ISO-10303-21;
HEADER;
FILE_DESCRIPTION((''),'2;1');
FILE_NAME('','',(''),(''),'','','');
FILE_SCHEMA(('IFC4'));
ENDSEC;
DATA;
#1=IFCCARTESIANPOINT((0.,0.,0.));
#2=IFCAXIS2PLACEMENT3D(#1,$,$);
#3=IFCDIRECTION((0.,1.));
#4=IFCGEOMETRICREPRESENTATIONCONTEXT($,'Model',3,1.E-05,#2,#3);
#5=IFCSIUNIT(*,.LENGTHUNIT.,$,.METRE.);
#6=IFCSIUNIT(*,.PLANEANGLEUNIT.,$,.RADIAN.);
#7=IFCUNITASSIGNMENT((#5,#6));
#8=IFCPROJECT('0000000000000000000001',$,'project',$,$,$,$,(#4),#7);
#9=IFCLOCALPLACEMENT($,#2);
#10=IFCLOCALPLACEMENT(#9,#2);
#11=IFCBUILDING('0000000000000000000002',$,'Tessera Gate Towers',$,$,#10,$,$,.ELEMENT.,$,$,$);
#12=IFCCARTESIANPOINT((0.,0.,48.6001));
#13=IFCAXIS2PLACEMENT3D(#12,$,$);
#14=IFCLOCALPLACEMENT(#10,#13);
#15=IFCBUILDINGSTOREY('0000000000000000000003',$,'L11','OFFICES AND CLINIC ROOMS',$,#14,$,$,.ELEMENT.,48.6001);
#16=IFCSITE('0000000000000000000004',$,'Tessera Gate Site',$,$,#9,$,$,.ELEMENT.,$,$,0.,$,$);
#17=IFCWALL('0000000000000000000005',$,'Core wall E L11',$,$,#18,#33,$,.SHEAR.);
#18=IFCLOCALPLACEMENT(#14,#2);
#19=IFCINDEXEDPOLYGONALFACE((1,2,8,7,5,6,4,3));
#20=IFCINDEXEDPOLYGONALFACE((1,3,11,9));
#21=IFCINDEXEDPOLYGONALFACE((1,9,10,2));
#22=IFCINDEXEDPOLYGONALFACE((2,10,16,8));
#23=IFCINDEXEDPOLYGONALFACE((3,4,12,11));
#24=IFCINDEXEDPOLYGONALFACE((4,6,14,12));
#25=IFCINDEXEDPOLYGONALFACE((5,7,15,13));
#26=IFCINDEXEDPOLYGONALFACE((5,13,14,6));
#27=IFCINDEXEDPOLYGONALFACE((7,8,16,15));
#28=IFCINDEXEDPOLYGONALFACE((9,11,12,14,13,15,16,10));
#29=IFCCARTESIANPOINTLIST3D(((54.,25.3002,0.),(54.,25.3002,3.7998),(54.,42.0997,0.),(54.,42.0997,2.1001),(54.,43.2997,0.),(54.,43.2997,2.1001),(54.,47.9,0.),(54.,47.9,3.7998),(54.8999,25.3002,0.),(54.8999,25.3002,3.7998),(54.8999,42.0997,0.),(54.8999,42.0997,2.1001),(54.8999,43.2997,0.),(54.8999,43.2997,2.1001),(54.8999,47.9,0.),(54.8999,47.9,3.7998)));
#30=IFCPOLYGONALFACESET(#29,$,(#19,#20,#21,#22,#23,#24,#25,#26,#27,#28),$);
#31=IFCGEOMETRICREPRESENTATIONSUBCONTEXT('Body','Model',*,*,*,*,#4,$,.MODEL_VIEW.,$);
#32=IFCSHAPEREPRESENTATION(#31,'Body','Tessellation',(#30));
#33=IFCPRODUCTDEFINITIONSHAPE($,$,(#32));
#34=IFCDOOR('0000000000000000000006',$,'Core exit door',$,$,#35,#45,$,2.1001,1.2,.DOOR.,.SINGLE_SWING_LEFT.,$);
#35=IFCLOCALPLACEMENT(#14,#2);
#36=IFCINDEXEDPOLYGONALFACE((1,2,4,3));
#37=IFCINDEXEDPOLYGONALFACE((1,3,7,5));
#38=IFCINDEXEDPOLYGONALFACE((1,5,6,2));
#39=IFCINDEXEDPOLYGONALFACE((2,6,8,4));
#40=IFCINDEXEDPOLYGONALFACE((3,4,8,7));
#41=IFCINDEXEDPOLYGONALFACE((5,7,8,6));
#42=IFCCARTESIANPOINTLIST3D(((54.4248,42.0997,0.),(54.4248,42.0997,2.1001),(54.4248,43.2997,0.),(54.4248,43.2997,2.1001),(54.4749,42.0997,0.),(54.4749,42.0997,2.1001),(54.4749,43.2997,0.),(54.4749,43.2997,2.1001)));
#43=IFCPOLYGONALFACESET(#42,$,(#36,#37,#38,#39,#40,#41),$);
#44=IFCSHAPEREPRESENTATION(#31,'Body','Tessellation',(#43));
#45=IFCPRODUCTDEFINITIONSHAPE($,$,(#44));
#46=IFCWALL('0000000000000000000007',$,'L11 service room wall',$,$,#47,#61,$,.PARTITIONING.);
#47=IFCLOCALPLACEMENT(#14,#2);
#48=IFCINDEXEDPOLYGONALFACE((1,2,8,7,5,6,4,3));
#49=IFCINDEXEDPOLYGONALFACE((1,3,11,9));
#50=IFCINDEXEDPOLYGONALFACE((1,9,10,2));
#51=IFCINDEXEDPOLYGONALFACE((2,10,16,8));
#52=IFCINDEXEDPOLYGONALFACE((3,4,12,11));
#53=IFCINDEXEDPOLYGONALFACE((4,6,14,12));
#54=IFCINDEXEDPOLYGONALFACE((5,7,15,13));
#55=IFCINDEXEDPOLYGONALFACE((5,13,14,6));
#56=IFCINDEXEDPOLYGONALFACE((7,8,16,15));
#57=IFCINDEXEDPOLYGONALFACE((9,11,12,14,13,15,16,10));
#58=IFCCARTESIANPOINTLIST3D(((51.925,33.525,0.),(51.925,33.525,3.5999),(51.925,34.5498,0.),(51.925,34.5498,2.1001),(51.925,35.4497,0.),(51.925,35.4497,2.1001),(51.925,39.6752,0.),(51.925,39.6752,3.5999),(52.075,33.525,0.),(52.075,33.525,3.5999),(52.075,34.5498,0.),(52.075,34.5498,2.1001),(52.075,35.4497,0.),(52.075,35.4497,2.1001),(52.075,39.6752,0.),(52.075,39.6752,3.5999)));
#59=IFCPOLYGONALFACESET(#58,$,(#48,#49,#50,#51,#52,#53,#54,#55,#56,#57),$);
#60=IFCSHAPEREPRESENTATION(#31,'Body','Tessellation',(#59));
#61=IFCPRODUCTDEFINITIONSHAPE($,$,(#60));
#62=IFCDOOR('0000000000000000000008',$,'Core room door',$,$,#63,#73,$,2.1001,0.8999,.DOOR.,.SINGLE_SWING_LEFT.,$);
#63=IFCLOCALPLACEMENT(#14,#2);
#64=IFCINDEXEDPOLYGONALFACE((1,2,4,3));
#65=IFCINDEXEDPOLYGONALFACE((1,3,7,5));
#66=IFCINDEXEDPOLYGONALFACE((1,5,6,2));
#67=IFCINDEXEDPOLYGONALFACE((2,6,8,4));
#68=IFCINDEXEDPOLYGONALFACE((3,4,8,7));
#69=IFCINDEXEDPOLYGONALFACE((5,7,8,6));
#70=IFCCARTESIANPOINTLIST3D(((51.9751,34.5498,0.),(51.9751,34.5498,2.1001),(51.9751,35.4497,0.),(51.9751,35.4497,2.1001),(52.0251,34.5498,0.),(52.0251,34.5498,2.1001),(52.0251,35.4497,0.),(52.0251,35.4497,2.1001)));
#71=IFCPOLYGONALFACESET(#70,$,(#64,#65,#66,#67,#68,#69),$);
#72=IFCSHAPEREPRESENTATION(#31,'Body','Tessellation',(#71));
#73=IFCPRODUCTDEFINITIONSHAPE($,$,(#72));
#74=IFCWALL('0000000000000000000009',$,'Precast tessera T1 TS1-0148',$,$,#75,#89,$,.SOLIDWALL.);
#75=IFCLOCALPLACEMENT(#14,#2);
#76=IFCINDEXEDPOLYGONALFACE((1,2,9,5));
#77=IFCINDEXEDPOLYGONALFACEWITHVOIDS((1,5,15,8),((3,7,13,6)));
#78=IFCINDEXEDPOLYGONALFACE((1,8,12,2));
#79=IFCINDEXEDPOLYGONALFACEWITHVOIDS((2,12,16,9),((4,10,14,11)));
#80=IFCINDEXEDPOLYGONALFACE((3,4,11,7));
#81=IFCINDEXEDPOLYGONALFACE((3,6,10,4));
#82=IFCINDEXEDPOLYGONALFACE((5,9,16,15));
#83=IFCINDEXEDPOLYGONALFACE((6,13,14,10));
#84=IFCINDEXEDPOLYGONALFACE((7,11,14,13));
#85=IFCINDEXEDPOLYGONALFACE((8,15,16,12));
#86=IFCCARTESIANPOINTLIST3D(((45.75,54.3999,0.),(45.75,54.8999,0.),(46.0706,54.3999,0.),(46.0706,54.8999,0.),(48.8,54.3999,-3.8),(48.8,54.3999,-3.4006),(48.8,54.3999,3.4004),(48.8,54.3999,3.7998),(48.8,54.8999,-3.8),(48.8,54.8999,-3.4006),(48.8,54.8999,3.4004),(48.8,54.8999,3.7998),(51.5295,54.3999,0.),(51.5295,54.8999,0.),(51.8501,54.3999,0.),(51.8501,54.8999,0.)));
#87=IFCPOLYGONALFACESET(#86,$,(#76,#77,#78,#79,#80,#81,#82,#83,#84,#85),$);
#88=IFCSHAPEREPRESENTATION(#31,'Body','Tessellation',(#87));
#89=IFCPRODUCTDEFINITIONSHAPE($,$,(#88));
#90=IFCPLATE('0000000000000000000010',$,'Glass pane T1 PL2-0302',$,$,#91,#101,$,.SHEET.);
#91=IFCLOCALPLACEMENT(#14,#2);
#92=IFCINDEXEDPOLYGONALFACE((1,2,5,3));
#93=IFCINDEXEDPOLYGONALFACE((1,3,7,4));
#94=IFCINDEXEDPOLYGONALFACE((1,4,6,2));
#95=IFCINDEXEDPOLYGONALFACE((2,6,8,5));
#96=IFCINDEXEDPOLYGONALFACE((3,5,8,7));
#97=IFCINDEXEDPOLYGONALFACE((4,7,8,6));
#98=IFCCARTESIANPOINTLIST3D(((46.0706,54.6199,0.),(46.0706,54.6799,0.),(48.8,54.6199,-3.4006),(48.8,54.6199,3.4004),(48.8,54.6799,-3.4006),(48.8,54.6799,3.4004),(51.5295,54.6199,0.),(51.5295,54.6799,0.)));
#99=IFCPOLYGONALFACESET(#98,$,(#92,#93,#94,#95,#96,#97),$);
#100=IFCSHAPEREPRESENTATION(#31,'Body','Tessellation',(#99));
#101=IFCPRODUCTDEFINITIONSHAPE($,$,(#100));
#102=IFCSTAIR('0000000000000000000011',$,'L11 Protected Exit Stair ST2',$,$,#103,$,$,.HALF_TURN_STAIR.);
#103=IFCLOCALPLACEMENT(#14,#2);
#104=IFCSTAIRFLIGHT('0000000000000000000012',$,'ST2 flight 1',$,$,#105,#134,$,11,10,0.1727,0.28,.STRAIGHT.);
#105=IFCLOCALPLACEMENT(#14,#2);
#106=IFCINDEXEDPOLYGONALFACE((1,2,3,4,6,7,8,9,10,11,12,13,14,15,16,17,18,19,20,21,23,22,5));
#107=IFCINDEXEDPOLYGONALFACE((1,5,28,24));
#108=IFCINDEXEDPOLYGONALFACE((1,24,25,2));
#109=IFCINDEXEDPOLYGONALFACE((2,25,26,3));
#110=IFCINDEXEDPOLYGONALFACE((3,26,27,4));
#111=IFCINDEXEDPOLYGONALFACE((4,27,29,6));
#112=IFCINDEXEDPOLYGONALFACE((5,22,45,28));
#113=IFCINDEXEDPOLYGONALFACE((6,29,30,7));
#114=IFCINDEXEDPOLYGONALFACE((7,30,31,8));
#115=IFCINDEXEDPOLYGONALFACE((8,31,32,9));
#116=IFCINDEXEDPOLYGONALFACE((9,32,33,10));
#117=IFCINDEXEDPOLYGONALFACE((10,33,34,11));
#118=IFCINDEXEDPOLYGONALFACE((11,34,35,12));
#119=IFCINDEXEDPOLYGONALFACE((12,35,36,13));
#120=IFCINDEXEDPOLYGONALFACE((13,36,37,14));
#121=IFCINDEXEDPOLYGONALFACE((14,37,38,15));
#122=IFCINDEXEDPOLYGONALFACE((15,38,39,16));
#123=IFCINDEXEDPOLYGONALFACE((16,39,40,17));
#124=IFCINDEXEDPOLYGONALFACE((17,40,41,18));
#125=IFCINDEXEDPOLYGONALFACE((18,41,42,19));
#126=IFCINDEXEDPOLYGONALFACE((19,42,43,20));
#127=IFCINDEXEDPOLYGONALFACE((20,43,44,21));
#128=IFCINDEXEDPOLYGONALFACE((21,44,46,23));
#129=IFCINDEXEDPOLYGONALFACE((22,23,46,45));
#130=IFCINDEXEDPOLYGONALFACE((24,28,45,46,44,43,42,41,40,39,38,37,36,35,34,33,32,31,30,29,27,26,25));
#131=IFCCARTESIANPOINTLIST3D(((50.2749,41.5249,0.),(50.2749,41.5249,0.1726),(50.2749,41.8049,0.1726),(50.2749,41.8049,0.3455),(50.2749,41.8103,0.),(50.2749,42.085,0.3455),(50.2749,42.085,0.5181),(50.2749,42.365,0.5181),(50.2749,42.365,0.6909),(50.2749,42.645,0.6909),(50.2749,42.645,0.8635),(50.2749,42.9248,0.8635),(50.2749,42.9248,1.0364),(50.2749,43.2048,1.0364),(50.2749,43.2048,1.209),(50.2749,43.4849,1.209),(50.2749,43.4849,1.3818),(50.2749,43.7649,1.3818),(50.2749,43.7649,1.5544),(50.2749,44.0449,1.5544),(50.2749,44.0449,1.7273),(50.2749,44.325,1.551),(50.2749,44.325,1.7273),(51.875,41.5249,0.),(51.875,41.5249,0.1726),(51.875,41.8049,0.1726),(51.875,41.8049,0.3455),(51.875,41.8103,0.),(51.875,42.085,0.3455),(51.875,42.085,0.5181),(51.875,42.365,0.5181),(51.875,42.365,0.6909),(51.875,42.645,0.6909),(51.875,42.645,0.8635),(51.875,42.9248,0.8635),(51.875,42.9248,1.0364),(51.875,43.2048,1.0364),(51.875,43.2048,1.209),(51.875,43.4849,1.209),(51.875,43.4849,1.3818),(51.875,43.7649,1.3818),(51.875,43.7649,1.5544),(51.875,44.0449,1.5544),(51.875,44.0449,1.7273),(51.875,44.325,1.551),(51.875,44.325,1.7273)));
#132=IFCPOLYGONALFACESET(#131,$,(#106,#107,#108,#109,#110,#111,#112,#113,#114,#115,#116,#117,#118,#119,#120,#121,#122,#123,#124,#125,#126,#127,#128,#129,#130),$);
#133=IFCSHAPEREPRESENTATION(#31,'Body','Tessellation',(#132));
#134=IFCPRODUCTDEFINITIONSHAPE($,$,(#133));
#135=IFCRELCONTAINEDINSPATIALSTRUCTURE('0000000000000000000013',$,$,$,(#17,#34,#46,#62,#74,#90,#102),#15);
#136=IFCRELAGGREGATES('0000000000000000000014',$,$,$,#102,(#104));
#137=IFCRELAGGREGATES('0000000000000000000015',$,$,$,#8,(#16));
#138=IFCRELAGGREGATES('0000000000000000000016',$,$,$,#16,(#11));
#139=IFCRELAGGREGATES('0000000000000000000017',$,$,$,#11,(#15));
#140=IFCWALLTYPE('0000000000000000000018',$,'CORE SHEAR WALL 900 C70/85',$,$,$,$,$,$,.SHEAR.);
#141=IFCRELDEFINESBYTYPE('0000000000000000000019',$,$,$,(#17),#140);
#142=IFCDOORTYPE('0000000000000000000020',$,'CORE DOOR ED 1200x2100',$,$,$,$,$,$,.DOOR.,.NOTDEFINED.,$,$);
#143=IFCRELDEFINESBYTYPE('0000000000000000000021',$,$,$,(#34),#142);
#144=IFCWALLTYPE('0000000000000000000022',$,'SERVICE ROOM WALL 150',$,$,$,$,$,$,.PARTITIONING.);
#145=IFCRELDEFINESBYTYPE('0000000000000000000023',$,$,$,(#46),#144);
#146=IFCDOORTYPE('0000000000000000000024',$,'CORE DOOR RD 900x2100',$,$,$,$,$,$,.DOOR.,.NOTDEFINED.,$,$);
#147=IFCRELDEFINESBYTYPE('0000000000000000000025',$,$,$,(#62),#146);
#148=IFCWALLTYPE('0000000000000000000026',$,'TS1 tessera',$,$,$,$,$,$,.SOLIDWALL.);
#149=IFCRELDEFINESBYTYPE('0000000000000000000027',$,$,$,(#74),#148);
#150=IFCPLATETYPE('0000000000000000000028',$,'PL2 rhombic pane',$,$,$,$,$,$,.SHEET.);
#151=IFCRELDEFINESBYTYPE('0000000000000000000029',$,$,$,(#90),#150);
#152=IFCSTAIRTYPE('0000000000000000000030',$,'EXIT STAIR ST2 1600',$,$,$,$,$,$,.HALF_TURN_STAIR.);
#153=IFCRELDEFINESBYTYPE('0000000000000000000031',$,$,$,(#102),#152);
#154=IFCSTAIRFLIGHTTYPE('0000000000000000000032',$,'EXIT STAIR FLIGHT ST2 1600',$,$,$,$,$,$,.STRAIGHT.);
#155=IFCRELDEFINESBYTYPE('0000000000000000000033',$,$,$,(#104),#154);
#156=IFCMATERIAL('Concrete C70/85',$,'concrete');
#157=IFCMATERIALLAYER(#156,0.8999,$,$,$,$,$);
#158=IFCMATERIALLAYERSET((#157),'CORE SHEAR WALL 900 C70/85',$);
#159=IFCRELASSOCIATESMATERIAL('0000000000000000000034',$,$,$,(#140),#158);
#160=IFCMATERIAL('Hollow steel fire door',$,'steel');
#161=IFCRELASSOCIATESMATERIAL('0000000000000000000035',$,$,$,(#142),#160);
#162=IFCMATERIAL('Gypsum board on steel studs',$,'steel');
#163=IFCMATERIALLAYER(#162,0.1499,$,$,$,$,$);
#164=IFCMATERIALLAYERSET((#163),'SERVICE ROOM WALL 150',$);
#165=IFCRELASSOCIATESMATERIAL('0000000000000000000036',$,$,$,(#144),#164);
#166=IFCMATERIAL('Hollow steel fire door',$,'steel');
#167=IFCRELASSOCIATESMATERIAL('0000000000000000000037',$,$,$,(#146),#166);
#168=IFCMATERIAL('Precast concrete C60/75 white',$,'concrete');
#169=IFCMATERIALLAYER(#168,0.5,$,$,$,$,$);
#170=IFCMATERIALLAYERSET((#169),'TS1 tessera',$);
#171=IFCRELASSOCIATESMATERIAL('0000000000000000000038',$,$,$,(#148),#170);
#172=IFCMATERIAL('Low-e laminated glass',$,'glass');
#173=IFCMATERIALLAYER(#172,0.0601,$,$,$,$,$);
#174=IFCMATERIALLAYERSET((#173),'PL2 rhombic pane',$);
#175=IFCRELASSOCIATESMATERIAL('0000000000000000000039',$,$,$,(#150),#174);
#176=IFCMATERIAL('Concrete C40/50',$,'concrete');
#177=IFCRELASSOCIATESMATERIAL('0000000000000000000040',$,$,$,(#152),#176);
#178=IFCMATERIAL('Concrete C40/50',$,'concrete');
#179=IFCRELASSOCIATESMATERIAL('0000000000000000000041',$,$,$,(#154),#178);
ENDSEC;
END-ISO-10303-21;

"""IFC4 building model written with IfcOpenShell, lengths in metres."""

from ifc_helpers import new_model, si_unit, direction, frame, frame_2d, origin, place, context, subcontext, project, spatial, polyline, rectangle, outline, extrude, source, transform, mapped, material, layer, layer_set, type_object, element, fill, aggregate, save


model = new_model("IFC4")

# Units and contexts
model_context = context("Model", 3, precision=1e-05, world=origin(), true_north=direction((0.0, 1.0)))
body_context = subcontext(model_context, "Body", "Model", "MODEL_VIEW")
ifc_project = project(units=[si_unit("LENGTHUNIT", "METRE"), si_unit("PLANEANGLEUNIT", "RADIAN")], contexts=[model_context])

# Site, building, storey
site_placement = place(None, origin())
site = spatial("IfcSite", under=ifc_project, at=site_placement, Name="Tessera Gate Site", CompositionType="ELEMENT", RefElevation=0.0)
building_placement = place(site_placement, origin())
building = spatial("IfcBuilding", under=site, at=building_placement, Name="Tessera Gate Towers", CompositionType="ELEMENT")
storey_placement = place(building_placement, frame((0.0, 0.0, 48.6001)))
storey = spatial("IfcBuildingStorey", under=building, at=storey_placement, Name="L11", Description="OFFICES AND CLINIC ROOMS", CompositionType="ELEMENT", Elevation=48.6001)

# Shared definitions
shared_shape_1 = source(origin(), body_context, "Body", "SweptSolid", [
    extrude(rectangle(XDim=1.2, YDim=2.1001, at=frame_2d((0.6001, 1.05))), frame((0.0, 0.0249, 0.0), z_axis=(0.0, -1.0, 0.0), x_axis=(1.0, 0.0, 0.0)), (0.0, 0.0, 1.0), 0.05),
])

# Walls, openings, doors
ifc_material_1 = material(Name="Concrete C70/85", Category="concrete")
ifc_layer_1 = layer(ifc_material_1, 0.8999)
ifc_layer_set_1 = layer_set([ifc_layer_1], Name="CORE SHEAR WALL 900 C70/85")
wall_type_1 = type_object("IfcWallType", Name="CORE SHEAR WALL 900 C70/85", PredefinedType="SHEAR", material=ifc_layer_set_1)
wall_1_placement = place(storey_placement, frame((54.45, 47.8999, 0.0), z_axis=(0.0, 0.0, 1.0), x_axis=(0.0, -1.0, 0.0)))
wall_1 = element("IfcWall", 1, at=wall_1_placement, inside=storey, type_object=wall_type_1, Name="Core wall E L11", PredefinedType="SHEAR", context=body_context, shape_type="SweptSolid", body=[
    extrude(rectangle(XDim=22.5999, YDim=0.8999, at=frame_2d((11.2998, 0.0))), origin(), (0.0, 0.0, 1.0), 3.7998),
])
shared_shape_2 = source(origin(), body_context, "Body", "SweptSolid", [
    extrude(rectangle(XDim=1.2, YDim=2.1001, at=frame_2d((0.6001, 1.05))), frame((0.0, 0.46, 0.0), z_axis=(0.0, -1.0, 0.0), x_axis=(1.0, 0.0, 0.0)), (0.0, 0.0, 1.0), 0.9199),
])
opening_1_placement = place(wall_1_placement, frame((4.6001, 0.0, 0.0)))
opening_1 = element("IfcOpeningElement", 2, at=opening_1_placement, cuts=wall_1, PredefinedType="OPENING", context=body_context, shape_type="MappedRepresentation", body=[
    mapped(shared_shape_2, transform((0.0, 0.0, 0.0), scale=1.0)),
])
ifc_material_2 = material(Name="Hollow steel fire door", Category="steel")
door_type_1 = type_object("IfcDoorType", Name="CORE DOOR ED 1200x2100", OperationType="NOTDEFINED", PredefinedType="DOOR", material=ifc_material_2)
door_1_placement = place(opening_1_placement, origin())
door_1 = element("IfcDoor", 3, at=door_1_placement, inside=storey, type_object=door_type_1, Name="Core exit door", OperationType="SINGLE_SWING_LEFT", OverallHeight=2.1001, OverallWidth=1.2, PredefinedType="DOOR", context=body_context, shape_type="MappedRepresentation", body=[
    mapped(shared_shape_1, transform((0.0, 0.0, 0.0), scale=1.0)),
])
fill(opening_1, door_1)
ifc_material_3 = material(Name="Gypsum board on steel studs", Category="steel")
ifc_layer_2 = layer(ifc_material_3, 0.1499)
ifc_layer_set_2 = layer_set([ifc_layer_2], Name="SERVICE ROOM WALL 150")
wall_type_2 = type_object("IfcWallType", Name="SERVICE ROOM WALL 150", PredefinedType="PARTITIONING", material=ifc_layer_set_2)
wall_2_placement = place(storey_placement, frame((52.0, 33.5249, 0.0), z_axis=(0.0, 0.0, 1.0), x_axis=(0.0, 1.0, 0.0)))
wall_2 = element("IfcWall", 4, at=wall_2_placement, inside=storey, type_object=wall_type_2, Name="L11 service room wall", PredefinedType="PARTITIONING", context=body_context, shape_type="SweptSolid", body=[
    extrude(rectangle(XDim=6.1501, YDim=0.1499, at=frame_2d((3.0752, 0.0))), origin(), (0.0, 0.0, 1.0), 3.5999),
])
shared_shape_3 = source(origin(), body_context, "Body", "SweptSolid", [
    extrude(rectangle(XDim=0.8999, YDim=2.1001, at=frame_2d((0.45, 1.05))), frame((0.0, 0.085, 0.0), z_axis=(0.0, -1.0, 0.0), x_axis=(1.0, 0.0, 0.0)), (0.0, 0.0, 1.0), 0.1699),
])
opening_2_placement = place(wall_2_placement, frame((1.0249, 0.0, 0.0)))
opening_2 = element("IfcOpeningElement", 5, at=opening_2_placement, cuts=wall_2, PredefinedType="OPENING", context=body_context, shape_type="MappedRepresentation", body=[
    mapped(shared_shape_3, transform((0.0, 0.0, 0.0), scale=1.0)),
])
ifc_material_4 = material(Name="Hollow steel fire door", Category="steel")
door_type_2 = type_object("IfcDoorType", Name="CORE DOOR RD 900x2100", OperationType="NOTDEFINED", PredefinedType="DOOR", material=ifc_material_4)
shared_shape_4 = source(origin(), body_context, "Body", "SweptSolid", [
    extrude(rectangle(XDim=0.8999, YDim=2.1001, at=frame_2d((0.45, 1.05))), frame((0.0, 0.0249, 0.0), z_axis=(0.0, -1.0, 0.0), x_axis=(1.0, 0.0, 0.0)), (0.0, 0.0, 1.0), 0.05),
])
door_2_placement = place(opening_2_placement, origin())
door_2 = element("IfcDoor", 6, at=door_2_placement, inside=storey, type_object=door_type_2, Name="Core room door", OperationType="SINGLE_SWING_LEFT", OverallHeight=2.1001, OverallWidth=0.8999, PredefinedType="DOOR", context=body_context, shape_type="MappedRepresentation", body=[
    mapped(shared_shape_4, transform((0.0, 0.0, 0.0), scale=1.0)),
])
fill(opening_2, door_2)

# Wall, opening, plate
ifc_material_5 = material(Name="Precast concrete C60/75 white", Category="concrete")
ifc_layer_3 = layer(ifc_material_5, 0.5)
ifc_layer_set_3 = layer_set([ifc_layer_3], Name="TS1 tessera")
wall_type_3 = type_object("IfcWallType", Name="TS1 tessera", PredefinedType="SOLIDWALL", material=ifc_layer_set_3)
shared_shape_5 = source(origin(), body_context, "Body", "SweptSolid", [
    extrude(outline(polyline([(3.05, 0.0), (6.1001, 3.8), (3.05, 7.5999), (0.0, 3.8), (3.05, 0.0)])), frame((0.0, 0.25, 0.0), z_axis=(0.0, -1.0, 0.0), x_axis=(1.0, 0.0, 0.0)), (0.0, 0.0, 1.0), 0.5),
])
wall_3_placement = place(storey_placement, frame((51.8501, 54.6499, -3.8), z_axis=(0.0, 0.0, 1.0), x_axis=(-1.0, 0.0, 0.0)))
wall_3 = element("IfcWall", 7, at=wall_3_placement, inside=storey, type_object=wall_type_3, Name="Precast tessera T1 TS1-0148", PredefinedType="SOLIDWALL", context=body_context, shape_type="MappedRepresentation", body=[
    mapped(shared_shape_5, transform((0.0, 0.0, 0.0), scale=1.0)),
])
shared_shape_6 = source(origin(), body_context, "Body", "SweptSolid", [
    extrude(outline(polyline([(3.05, 0.3994), (5.7795, 3.8), (3.05, 7.2004), (0.3206, 3.8), (3.05, 0.3994)])), frame((0.0, 0.26, 0.0), z_axis=(0.0, -1.0, 0.0), x_axis=(1.0, 0.0, 0.0)), (0.0, 0.0, 1.0), 0.52),
])
opening_3_placement = place(wall_3_placement, origin())
opening_3 = element("IfcOpeningElement", 8, at=opening_3_placement, cuts=wall_3, PredefinedType="OPENING", context=body_context, shape_type="MappedRepresentation", body=[
    mapped(shared_shape_6, transform((0.0, 0.0, 0.0), scale=1.0)),
])
ifc_material_6 = material(Name="Low-e laminated glass", Category="glass")
ifc_layer_4 = layer(ifc_material_6, 0.0601)
ifc_layer_set_4 = layer_set([ifc_layer_4], Name="PL2 rhombic pane")
plate_type = type_object("IfcPlateType", Name="PL2 rhombic pane", PredefinedType="SHEET", material=ifc_layer_set_4)
shared_shape_7 = source(origin(), body_context, "Body", "SweptSolid", [
    extrude(outline(polyline([(3.05, 0.3994), (5.7795, 3.8), (3.05, 7.2004), (0.3206, 3.8), (3.05, 0.3994)])), frame((0.0, 0.03, 0.0), z_axis=(0.0, -1.0, 0.0), x_axis=(1.0, 0.0, 0.0)), (0.0, 0.0, 1.0), 0.0601),
])
plate_placement = place(opening_3_placement, origin())
plate = element("IfcPlate", 9, at=plate_placement, inside=storey, type_object=plate_type, Name="Glass pane T1 PL2-0302", PredefinedType="SHEET", context=body_context, shape_type="MappedRepresentation", body=[
    mapped(shared_shape_7, transform((0.0, 0.0, 0.0), scale=1.0)),
])
fill(opening_3, plate)

# Stair, stair flight
ifc_material_7 = material(Name="Concrete C40/50", Category="concrete")
stair_type = type_object("IfcStairType", Name="EXIT STAIR ST2 1600", PredefinedType="HALF_TURN_STAIR", material=ifc_material_7)
stair_placement = place(storey_placement, origin())
stair = element("IfcStair", 10, at=stair_placement, inside=storey, type_object=stair_type, Name="L11 Protected Exit Stair ST2", PredefinedType="HALF_TURN_STAIR")
ifc_material_8 = material(Name="Concrete C40/50", Category="concrete")
stair_flight_type = type_object("IfcStairFlightType", Name="EXIT STAIR FLIGHT ST2 1600", PredefinedType="STRAIGHT", material=ifc_material_8)
stair_flight_placement = place(storey_placement, frame((51.075, 41.5249, 0.0), z_axis=(0.0, 0.0, 1.0), x_axis=(0.0, 1.0, 0.0)))
stair_flight = element("IfcStairFlight", 11, at=stair_flight_placement, type_object=stair_flight_type, Name="ST2 flight 1", NumberOfRisers=11, NumberOfTreads=10, PredefinedType="STRAIGHT", RiserHeight=0.1727, TreadLength=0.28, context=body_context, shape_type="SweptSolid", body=[
    extrude(outline(polyline([(0.0, 0.0), (0.0, 0.1726), (0.28, 0.1726), (0.28, 0.3455), (0.5601, 0.3455), (0.5601, 0.5181), (0.8401, 0.5181), (0.8401, 0.6909), (1.1201, 0.6909), (1.1201, 0.8635), (1.3999, 0.8635), (1.3999, 1.0364), (1.6799, 1.0364), (1.6799, 1.209), (1.96, 1.209), (1.96, 1.3818), (2.24, 1.3818), (2.24, 1.5544), (2.52, 1.5544), (2.52, 1.7273), (2.8, 1.7273), (2.8, 1.8999), (2.8, 1.551), (0.2854, 0.0), (0.0, 0.0)])), frame((0.0, 0.8, 0.0), z_axis=(0.0, -1.0, 0.0), x_axis=(1.0, 0.0, 0.0)), (0.0, 0.0, 1.0), 1.6001),
])
aggregate(stair, [stair_flight])

save(model, "model.ifc")
